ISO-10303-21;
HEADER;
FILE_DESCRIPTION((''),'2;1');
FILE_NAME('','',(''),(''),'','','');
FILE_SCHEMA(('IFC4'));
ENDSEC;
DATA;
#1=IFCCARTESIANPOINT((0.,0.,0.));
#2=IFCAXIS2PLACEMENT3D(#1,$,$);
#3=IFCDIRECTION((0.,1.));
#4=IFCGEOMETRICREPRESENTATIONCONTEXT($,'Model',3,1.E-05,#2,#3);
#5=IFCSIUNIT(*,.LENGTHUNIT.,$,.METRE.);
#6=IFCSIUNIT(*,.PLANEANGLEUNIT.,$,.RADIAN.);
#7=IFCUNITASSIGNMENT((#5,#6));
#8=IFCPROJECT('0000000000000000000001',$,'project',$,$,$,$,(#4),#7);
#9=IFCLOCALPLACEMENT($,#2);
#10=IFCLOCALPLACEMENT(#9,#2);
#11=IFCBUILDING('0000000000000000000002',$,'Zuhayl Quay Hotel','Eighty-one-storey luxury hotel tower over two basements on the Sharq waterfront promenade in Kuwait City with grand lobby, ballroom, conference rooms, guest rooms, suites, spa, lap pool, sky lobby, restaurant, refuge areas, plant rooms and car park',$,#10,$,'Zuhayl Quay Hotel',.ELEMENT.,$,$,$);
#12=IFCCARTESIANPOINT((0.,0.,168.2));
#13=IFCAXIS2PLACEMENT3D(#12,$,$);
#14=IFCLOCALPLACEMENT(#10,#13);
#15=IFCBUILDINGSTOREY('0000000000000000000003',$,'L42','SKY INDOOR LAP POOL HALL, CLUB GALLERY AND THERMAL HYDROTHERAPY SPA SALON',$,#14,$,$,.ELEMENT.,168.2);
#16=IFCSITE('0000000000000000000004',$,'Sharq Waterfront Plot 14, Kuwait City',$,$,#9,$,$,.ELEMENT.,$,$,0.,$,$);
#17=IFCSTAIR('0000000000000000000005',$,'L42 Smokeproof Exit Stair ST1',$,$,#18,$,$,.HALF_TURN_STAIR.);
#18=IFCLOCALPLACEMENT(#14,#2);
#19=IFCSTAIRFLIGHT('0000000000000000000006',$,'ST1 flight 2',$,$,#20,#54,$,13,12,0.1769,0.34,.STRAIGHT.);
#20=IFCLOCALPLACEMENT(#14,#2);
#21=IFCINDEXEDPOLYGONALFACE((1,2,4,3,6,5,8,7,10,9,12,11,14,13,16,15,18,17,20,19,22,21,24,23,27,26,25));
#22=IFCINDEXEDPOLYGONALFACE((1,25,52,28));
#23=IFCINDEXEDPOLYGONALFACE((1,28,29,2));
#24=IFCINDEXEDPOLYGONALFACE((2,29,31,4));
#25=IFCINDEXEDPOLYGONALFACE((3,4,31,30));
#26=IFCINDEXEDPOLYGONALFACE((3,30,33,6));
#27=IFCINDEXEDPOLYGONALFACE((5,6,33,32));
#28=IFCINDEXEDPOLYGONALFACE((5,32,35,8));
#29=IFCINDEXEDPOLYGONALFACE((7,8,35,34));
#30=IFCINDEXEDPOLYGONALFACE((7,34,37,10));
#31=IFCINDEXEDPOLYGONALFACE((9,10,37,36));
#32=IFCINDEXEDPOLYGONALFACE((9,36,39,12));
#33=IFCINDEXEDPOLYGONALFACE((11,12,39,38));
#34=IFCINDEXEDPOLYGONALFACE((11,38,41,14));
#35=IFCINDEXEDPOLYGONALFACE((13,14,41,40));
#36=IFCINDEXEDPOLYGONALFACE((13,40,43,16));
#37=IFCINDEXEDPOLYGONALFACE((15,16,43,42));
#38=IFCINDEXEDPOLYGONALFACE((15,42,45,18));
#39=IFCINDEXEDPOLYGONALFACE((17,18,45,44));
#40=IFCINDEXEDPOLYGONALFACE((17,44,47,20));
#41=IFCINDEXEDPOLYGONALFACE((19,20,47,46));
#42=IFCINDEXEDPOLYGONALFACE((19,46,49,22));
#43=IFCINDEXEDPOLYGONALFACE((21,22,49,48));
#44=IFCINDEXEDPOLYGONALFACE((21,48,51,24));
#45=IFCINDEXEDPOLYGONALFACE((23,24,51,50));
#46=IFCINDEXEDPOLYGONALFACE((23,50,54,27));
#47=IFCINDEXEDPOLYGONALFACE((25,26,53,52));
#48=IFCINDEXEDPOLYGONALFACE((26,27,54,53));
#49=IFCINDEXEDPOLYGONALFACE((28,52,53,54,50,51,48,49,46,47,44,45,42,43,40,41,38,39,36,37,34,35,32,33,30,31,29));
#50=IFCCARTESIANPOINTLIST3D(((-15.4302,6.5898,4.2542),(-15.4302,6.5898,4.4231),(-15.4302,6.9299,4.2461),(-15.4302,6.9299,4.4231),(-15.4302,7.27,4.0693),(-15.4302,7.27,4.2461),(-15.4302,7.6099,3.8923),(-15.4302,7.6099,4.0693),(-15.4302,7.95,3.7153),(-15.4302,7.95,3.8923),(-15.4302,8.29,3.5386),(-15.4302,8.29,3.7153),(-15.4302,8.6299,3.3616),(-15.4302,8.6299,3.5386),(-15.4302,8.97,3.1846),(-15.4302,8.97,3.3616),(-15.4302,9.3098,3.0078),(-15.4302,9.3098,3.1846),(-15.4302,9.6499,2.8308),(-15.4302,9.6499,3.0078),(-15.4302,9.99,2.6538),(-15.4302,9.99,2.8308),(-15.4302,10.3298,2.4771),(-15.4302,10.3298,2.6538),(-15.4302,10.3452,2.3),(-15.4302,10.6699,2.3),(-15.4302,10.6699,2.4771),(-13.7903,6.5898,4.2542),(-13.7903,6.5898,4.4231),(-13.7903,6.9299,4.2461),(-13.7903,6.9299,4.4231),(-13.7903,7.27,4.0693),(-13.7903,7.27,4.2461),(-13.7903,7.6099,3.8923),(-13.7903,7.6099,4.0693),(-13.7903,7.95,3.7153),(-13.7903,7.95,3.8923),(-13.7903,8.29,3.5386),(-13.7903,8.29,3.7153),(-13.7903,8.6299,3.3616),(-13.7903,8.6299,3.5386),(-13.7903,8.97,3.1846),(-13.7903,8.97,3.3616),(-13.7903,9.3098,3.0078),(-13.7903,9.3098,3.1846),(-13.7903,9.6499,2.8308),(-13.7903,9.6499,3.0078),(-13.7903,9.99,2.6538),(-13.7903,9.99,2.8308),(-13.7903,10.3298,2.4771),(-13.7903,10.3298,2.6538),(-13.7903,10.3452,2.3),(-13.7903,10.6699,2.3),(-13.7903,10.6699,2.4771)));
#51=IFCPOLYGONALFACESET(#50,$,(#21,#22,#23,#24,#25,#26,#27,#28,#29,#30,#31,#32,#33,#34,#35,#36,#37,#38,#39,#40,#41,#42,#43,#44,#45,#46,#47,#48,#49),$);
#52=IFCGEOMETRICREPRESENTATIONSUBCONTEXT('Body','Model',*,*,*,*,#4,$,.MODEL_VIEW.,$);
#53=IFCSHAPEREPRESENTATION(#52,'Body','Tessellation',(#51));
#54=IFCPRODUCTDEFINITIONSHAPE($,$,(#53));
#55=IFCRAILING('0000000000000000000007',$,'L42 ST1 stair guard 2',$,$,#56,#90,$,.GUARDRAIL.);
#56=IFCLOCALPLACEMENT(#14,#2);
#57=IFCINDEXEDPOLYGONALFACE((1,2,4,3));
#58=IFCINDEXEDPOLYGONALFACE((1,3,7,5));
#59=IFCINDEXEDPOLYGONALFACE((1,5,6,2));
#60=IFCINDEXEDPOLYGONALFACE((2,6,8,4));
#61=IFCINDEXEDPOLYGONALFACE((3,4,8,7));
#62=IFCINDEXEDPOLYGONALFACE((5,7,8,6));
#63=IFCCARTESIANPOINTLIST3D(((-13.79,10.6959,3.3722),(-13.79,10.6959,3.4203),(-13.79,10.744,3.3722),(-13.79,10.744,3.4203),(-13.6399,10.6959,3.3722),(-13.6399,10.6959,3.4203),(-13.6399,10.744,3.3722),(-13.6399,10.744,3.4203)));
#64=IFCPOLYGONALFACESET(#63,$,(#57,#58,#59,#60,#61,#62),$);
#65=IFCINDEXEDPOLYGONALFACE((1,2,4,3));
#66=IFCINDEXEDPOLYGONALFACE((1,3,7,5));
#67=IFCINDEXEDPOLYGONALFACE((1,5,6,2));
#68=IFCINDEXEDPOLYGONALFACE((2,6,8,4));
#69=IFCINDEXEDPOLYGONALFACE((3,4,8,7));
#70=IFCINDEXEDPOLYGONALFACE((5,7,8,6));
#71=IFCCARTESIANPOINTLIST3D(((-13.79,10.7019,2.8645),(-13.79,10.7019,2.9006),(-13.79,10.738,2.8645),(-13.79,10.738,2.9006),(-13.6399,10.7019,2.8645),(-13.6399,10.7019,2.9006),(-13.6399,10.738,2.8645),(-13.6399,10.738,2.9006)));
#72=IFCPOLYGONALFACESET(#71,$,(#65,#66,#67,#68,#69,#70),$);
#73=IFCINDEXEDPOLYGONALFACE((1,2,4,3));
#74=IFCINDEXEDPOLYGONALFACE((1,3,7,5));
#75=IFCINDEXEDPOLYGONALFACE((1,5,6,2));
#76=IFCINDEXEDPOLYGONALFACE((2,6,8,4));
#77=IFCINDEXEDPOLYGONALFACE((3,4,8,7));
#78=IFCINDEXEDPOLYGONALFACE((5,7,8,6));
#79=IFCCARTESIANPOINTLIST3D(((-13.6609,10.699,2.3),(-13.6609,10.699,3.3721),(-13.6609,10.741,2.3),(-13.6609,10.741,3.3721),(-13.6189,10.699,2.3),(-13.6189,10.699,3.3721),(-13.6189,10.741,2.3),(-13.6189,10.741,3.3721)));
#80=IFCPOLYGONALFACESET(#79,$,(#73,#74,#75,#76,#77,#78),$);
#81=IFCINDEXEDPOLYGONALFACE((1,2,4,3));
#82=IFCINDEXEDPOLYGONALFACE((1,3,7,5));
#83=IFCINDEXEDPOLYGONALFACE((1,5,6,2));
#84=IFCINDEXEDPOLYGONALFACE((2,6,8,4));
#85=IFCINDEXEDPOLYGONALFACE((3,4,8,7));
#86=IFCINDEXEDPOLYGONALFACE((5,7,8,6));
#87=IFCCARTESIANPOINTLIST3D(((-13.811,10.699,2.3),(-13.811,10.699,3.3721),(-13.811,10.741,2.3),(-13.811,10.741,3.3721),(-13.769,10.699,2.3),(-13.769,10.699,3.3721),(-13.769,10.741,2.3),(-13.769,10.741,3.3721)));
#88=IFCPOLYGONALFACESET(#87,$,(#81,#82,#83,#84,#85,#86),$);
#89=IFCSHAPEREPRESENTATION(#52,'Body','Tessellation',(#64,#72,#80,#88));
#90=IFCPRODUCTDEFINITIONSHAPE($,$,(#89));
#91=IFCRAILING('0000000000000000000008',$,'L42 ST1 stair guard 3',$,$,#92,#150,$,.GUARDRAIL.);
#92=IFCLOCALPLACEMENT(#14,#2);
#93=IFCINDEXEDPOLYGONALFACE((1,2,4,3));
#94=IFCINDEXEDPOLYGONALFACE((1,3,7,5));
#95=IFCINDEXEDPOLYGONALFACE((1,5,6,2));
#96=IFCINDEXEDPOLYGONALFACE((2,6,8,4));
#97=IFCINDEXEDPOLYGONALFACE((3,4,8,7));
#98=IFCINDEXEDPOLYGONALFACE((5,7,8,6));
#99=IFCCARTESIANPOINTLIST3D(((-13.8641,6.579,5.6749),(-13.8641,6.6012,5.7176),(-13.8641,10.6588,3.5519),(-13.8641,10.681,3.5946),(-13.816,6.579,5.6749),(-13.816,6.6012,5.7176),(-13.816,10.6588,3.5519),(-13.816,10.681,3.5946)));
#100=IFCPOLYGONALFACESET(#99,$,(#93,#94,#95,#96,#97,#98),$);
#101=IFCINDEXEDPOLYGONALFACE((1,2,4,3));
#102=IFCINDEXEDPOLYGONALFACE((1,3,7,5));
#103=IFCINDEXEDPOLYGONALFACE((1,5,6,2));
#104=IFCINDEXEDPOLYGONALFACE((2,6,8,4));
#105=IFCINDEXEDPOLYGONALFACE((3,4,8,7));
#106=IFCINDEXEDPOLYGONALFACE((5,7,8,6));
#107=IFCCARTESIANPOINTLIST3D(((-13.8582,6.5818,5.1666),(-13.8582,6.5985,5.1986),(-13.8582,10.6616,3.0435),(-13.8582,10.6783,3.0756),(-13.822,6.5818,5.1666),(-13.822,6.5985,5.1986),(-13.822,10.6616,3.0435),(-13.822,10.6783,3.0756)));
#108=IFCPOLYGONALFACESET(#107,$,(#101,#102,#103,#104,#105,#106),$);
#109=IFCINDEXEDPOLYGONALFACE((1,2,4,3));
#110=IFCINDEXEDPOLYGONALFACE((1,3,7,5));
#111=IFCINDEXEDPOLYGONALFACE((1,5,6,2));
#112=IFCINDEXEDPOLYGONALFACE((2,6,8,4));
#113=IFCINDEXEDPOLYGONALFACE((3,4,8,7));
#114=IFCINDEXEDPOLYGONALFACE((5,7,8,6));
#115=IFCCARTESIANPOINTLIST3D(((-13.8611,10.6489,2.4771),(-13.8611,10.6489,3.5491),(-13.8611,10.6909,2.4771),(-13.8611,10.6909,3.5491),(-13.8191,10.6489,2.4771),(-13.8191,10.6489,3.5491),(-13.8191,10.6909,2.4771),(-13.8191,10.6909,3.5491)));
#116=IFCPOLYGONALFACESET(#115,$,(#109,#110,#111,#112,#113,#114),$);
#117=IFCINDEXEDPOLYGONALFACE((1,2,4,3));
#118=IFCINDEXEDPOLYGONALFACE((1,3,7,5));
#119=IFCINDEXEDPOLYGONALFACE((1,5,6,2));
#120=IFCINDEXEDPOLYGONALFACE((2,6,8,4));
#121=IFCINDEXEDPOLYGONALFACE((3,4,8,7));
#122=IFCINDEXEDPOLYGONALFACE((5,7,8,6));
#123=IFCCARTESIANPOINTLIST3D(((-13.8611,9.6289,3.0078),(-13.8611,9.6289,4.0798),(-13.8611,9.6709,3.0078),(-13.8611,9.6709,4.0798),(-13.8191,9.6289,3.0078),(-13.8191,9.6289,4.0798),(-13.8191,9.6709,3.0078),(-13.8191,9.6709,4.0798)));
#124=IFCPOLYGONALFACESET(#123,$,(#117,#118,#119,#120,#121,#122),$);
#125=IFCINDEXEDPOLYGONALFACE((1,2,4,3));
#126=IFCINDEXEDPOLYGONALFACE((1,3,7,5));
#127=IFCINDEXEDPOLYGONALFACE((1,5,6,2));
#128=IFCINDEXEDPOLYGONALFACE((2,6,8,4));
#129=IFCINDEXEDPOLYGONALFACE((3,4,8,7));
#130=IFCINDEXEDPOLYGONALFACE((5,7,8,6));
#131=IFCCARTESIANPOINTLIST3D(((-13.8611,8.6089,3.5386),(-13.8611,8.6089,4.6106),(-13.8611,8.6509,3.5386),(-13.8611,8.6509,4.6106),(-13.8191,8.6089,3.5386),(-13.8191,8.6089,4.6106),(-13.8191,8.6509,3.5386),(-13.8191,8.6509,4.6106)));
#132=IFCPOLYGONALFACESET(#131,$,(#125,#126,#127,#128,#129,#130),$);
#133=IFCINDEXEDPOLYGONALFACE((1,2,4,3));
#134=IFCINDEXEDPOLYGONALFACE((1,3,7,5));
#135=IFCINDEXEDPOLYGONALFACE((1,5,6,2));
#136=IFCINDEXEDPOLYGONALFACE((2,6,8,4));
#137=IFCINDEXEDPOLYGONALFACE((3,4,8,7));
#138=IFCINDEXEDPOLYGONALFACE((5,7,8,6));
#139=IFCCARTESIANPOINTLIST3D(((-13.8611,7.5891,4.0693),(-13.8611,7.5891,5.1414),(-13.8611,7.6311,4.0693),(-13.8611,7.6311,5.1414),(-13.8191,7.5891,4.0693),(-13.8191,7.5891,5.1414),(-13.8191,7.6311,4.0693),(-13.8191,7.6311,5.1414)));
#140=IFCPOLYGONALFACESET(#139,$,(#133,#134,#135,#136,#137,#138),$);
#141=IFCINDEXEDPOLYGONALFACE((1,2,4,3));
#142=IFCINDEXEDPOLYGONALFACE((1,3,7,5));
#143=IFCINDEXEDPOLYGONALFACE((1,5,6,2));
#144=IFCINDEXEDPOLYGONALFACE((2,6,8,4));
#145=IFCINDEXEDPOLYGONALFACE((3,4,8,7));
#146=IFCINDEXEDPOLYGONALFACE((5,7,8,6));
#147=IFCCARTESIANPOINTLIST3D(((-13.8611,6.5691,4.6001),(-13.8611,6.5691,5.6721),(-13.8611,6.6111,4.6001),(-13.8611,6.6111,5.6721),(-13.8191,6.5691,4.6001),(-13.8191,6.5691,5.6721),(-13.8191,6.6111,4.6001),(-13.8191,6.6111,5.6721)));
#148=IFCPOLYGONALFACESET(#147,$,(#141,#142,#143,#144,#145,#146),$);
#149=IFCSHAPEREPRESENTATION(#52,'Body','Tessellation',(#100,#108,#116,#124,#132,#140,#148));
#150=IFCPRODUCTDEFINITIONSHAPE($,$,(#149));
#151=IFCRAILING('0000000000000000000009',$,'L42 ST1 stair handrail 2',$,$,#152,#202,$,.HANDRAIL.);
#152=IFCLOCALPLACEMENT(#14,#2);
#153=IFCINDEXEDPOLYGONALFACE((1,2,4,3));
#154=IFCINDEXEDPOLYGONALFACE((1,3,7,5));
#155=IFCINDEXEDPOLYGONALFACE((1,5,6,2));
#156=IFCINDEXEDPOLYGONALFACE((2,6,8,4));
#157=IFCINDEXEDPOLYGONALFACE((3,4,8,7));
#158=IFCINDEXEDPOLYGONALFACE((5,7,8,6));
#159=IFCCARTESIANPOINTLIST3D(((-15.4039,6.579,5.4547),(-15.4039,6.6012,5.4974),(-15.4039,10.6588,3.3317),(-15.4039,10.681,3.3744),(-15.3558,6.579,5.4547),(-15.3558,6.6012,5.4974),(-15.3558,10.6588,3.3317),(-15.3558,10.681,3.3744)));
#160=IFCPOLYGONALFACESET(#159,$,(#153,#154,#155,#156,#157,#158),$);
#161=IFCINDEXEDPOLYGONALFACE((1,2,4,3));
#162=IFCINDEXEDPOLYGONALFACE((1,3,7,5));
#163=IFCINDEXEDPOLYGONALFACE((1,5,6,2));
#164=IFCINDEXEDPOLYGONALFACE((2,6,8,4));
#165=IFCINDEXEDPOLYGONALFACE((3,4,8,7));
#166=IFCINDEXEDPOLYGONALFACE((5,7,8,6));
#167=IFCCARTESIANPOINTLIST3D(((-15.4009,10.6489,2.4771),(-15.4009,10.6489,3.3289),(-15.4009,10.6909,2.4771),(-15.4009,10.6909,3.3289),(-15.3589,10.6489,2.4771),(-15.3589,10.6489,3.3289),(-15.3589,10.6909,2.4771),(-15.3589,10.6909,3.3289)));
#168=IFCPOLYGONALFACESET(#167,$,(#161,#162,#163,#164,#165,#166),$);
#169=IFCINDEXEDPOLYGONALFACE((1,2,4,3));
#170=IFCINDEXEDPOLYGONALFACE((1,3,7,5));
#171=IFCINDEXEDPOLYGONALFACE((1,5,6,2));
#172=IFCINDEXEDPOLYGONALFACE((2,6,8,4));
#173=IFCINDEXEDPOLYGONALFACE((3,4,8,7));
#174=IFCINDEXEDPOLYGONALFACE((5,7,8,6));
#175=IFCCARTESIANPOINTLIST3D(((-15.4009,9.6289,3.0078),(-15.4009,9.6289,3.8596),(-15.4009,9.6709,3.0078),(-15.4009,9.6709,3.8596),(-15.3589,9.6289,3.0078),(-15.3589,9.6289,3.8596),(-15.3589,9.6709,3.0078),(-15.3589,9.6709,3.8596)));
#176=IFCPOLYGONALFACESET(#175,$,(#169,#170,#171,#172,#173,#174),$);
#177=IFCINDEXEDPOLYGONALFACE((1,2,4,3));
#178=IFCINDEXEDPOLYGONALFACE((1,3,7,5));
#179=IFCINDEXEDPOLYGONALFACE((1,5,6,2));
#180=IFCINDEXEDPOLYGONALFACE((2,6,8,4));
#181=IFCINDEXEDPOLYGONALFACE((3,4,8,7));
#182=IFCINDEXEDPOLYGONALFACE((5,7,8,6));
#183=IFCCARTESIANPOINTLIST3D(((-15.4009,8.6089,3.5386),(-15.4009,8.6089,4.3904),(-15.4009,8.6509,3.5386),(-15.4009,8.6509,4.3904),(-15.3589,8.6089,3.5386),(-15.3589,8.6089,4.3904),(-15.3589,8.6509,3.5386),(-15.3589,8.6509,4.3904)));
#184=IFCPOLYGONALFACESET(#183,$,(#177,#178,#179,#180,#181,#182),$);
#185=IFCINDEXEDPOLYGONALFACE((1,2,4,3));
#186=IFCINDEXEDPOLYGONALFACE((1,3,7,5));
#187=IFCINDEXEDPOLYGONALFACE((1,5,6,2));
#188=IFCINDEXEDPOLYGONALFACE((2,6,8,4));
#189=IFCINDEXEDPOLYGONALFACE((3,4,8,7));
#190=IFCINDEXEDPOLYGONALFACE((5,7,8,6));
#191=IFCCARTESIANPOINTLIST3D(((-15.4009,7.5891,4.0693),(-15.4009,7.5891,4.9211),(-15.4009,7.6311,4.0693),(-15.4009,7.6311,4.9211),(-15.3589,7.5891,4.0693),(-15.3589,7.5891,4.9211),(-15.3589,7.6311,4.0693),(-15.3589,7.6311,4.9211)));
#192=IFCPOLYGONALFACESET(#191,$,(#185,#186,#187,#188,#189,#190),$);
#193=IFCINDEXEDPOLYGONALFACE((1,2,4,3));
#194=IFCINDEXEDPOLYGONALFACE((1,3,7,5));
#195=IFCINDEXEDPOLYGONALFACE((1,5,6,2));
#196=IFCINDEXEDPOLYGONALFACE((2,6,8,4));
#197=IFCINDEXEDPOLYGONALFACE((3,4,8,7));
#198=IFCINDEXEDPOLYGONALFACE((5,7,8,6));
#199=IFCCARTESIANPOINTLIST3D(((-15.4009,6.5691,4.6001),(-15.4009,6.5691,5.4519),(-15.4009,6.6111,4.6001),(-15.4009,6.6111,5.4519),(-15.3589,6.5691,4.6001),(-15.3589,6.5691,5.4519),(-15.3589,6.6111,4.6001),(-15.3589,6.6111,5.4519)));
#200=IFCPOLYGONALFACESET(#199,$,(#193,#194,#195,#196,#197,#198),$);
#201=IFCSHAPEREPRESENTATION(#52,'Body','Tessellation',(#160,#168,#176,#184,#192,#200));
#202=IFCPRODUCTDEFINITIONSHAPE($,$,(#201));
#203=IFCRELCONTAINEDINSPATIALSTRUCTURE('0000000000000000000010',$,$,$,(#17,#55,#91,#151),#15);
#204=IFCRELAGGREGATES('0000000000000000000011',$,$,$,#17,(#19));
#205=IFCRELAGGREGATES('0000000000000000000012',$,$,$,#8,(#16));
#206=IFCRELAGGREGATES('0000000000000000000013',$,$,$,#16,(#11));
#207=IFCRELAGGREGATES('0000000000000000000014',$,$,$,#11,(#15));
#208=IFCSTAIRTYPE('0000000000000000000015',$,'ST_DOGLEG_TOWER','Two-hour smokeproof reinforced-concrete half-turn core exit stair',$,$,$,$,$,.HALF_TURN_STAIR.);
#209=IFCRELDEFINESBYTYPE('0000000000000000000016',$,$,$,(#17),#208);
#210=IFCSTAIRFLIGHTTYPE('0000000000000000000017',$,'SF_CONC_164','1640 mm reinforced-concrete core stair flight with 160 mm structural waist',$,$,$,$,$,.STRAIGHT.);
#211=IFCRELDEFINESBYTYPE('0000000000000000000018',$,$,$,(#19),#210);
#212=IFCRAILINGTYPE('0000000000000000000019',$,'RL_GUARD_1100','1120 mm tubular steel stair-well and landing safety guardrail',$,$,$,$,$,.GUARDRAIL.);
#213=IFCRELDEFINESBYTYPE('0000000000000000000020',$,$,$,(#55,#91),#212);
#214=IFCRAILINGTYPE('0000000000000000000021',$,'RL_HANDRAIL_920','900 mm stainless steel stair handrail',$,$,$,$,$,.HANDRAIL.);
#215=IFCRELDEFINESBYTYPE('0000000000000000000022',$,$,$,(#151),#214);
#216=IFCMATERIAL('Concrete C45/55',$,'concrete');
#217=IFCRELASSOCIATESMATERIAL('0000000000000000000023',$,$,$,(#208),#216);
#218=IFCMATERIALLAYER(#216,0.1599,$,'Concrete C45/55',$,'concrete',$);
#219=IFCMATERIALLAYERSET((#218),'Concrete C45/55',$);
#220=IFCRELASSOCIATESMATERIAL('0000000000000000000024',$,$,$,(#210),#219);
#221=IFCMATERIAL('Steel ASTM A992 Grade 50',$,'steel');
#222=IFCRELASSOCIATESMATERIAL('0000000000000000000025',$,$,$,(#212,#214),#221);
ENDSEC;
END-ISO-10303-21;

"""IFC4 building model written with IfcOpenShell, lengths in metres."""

from ifc_helpers import new_model, si_unit, direction, frame, origin, origin_2d, place, context, subcontext, project, spatial, polyline, rectangle, outline, extrude, material, layer, layer_set, type_object, element, aggregate, save


model = new_model("IFC4")

# Units and contexts
model_context = context("Model", 3, precision=1e-05, world=origin(), true_north=direction((0.0, 1.0)))
body_context = subcontext(model_context, "Body", "Model", "MODEL_VIEW")
ifc_project = project(units=[si_unit("LENGTHUNIT", "METRE"), si_unit("PLANEANGLEUNIT", "RADIAN")], contexts=[model_context])

# Site, building, storey
site_placement = place(None, origin())
site = spatial("IfcSite", under=ifc_project, at=site_placement, Name="Sharq Waterfront Plot 14, Kuwait City", CompositionType="ELEMENT", RefElevation=0.0)
building_placement = place(site_placement, origin())
building = spatial("IfcBuilding", under=site, at=building_placement, Name="Zuhayl Quay Hotel", Description="Eighty-one-storey luxury hotel tower over two basements on the Sharq waterfront promenade in Kuwait City with grand lobby, ballroom, conference rooms, guest rooms, suites, spa, lap pool, sky lobby, restaurant, refuge areas, plant rooms and car park", LongName="Zuhayl Quay Hotel", CompositionType="ELEMENT")
storey_placement = place(building_placement, frame((0.0, 0.0, 168.2)))
storey = spatial("IfcBuildingStorey", under=building, at=storey_placement, Name="L42", Description="SKY INDOOR LAP POOL HALL, CLUB GALLERY AND THERMAL HYDROTHERAPY SPA SALON", CompositionType="ELEMENT", Elevation=168.2)

# Stair, stair flight
ifc_material_1 = material(Name="Concrete C45/55", Category="concrete")
stair_type = type_object("IfcStairType", Name="ST_DOGLEG_TOWER", Description="Two-hour smokeproof reinforced-concrete half-turn core exit stair", PredefinedType="HALF_TURN_STAIR", material=ifc_material_1)
stair_placement = place(storey_placement, origin())
stair = element("IfcStair", 1, at=stair_placement, inside=storey, type_object=stair_type, Name="L42 Smokeproof Exit Stair ST1", PredefinedType="HALF_TURN_STAIR")
ifc_layer_1 = layer(ifc_material_1, 0.1599, Name="Concrete C45/55", Category="concrete")
ifc_layer_set_1 = layer_set([ifc_layer_1], Name="Concrete C45/55")
stair_flight_type = type_object("IfcStairFlightType", Name="SF_CONC_164", Description="1640 mm reinforced-concrete core stair flight with 160 mm structural waist", PredefinedType="STRAIGHT", material=ifc_layer_set_1)
stair_flight_placement = place(storey_placement, frame((-14.6101, 10.6699, 2.3), z_axis=(0.0, 0.0, 1.0), x_axis=(0.0, -1.0, 0.0)))
stair_flight = element("IfcStairFlight", 2, at=stair_flight_placement, type_object=stair_flight_type, Name="ST1 flight 2", NumberOfRisers=13, NumberOfTreads=12, PredefinedType="STRAIGHT", RiserHeight=0.1769, TreadLength=0.34, context=body_context, shape_type="SweptSolid", body=[
    extrude(outline(polyline([(0.0, 0.0), (0.0, 0.177), (0.3401, 0.177), (0.3401, 0.3538), (0.6799, 0.3538), (0.6799, 0.5308), (1.02, 0.5308), (1.02, 0.7078), (1.3601, 0.7078), (1.3601, 0.8845), (1.7, 0.8845), (1.7, 1.0615), (2.04, 1.0615), (2.04, 1.2385), (2.3799, 1.2385), (2.3799, 1.4153), (2.72, 1.4153), (2.72, 1.5923), (3.0601, 1.5923), (3.0601, 1.7693), (3.3999, 1.7693), (3.3999, 1.946), (3.74, 1.946), (3.74, 2.123), (4.0801, 2.123), (4.0801, 2.3), (4.0801, 1.9541), (0.3247, 0.0), (0.0, 0.0)])), frame((0.0, 0.8198, 0.0), z_axis=(0.0, -1.0, 0.0), x_axis=(1.0, 0.0, 0.0)), (0.0, 0.0, 1.0), 1.6399),
])
aggregate(stair, [stair_flight])

# Railings
ifc_material_2 = material(Name="Steel ASTM A992 Grade 50", Category="steel")
railing_type_1 = type_object("IfcRailingType", Name="RL_GUARD_1100", Description="1120 mm tubular steel stair-well and landing safety guardrail", PredefinedType="GUARDRAIL", material=ifc_material_2)
railing_1_placement = place(storey_placement, frame((-13.6399, 10.72, 2.3)))
element("IfcRailing", 3, at=railing_1_placement, inside=storey, type_object=railing_type_1, Name="L42 ST1 stair guard 2", PredefinedType="GUARDRAIL", context=body_context, shape_type="SweptSolid", body=[
    extrude(rectangle(XDim=0.0481, YDim=0.0481, at=origin_2d()), frame((0.0, 0.0, 1.0962), z_axis=(-1.0, 0.0, 0.0), x_axis=(0.0, -1.0, 0.0)), (0.0, 0.0, 1.0), 0.1501),
    extrude(rectangle(XDim=0.0361, YDim=0.0361, at=origin_2d()), frame((0.0, 0.0, 0.5825), z_axis=(-1.0, 0.0, 0.0), x_axis=(0.0, -1.0, 0.0)), (0.0, 0.0, 1.0), 0.1501),
    extrude(rectangle(XDim=0.042, YDim=0.042, at=origin_2d()), origin(), (0.0, 0.0, 1.0), 1.072),
    extrude(rectangle(XDim=0.042, YDim=0.042, at=origin_2d()), frame((-0.1501, 0.0, 0.0)), (0.0, 0.0, 1.0), 1.072),
])
railing_2_placement = place(storey_placement, frame((-13.8401, 10.6699, 2.4771)))
element("IfcRailing", 4, at=railing_2_placement, inside=storey, type_object=railing_type_1, Name="L42 ST1 stair guard 3", PredefinedType="GUARDRAIL", context=body_context, shape_type="SweptSolid", body=[
    extrude(rectangle(XDim=0.0481, YDim=0.0481, at=origin_2d()), frame((0.0, 0.0, 1.0962), z_axis=(0.0, -0.88708, 0.461615), x_axis=(1.0, 0.0, 0.0)), (0.0, 0.0, 1.0), 4.5991),
    extrude(rectangle(XDim=0.0361, YDim=0.0361, at=origin_2d()), frame((0.0, 0.0, 0.5825), z_axis=(0.0, -0.88708, 0.461615), x_axis=(1.0, 0.0, 0.0)), (0.0, 0.0, 1.0), 4.5991),
    extrude(rectangle(XDim=0.042, YDim=0.042, at=origin_2d()), origin(), (0.0, 0.0, 1.0), 1.072),
    extrude(rectangle(XDim=0.042, YDim=0.042, at=origin_2d()), frame((0.0, -1.02, 0.5308)), (0.0, 0.0, 1.0), 1.072),
    extrude(rectangle(XDim=0.042, YDim=0.042, at=origin_2d()), frame((0.0, -2.04, 1.0615)), (0.0, 0.0, 1.0), 1.072),
    extrude(rectangle(XDim=0.042, YDim=0.042, at=origin_2d()), frame((0.0, -3.0598, 1.5923)), (0.0, 0.0, 1.0), 1.072),
    extrude(rectangle(XDim=0.042, YDim=0.042, at=origin_2d()), frame((0.0, -4.0798, 2.123)), (0.0, 0.0, 1.0), 1.072),
])
railing_type_2 = type_object("IfcRailingType", Name="RL_HANDRAIL_920", Description="900 mm stainless steel stair handrail", PredefinedType="HANDRAIL", material=ifc_material_2)
railing_3_placement = place(storey_placement, frame((-15.3799, 10.6699, 2.4771)))
element("IfcRailing", 5, at=railing_3_placement, inside=storey, type_object=railing_type_2, Name="L42 ST1 stair handrail 2", PredefinedType="HANDRAIL", context=body_context, shape_type="SweptSolid", body=[
    extrude(rectangle(XDim=0.0481, YDim=0.0481, at=origin_2d()), frame((0.0, 0.0, 0.876), z_axis=(0.0, -0.88708, 0.461615), x_axis=(1.0, 0.0, 0.0)), (0.0, 0.0, 1.0), 4.5991),
    extrude(rectangle(XDim=0.042, YDim=0.042, at=origin_2d()), origin(), (0.0, 0.0, 1.0), 0.8518),
    extrude(rectangle(XDim=0.042, YDim=0.042, at=origin_2d()), frame((0.0, -1.02, 0.5308)), (0.0, 0.0, 1.0), 0.8518),
    extrude(rectangle(XDim=0.042, YDim=0.042, at=origin_2d()), frame((0.0, -2.04, 1.0615)), (0.0, 0.0, 1.0), 0.8518),
    extrude(rectangle(XDim=0.042, YDim=0.042, at=origin_2d()), frame((0.0, -3.0598, 1.5923)), (0.0, 0.0, 1.0), 0.8518),
    extrude(rectangle(XDim=0.042, YDim=0.042, at=origin_2d()), frame((0.0, -4.0798, 2.123)), (0.0, 0.0, 1.0), 0.8518),
])

save(model, "model.ifc")
